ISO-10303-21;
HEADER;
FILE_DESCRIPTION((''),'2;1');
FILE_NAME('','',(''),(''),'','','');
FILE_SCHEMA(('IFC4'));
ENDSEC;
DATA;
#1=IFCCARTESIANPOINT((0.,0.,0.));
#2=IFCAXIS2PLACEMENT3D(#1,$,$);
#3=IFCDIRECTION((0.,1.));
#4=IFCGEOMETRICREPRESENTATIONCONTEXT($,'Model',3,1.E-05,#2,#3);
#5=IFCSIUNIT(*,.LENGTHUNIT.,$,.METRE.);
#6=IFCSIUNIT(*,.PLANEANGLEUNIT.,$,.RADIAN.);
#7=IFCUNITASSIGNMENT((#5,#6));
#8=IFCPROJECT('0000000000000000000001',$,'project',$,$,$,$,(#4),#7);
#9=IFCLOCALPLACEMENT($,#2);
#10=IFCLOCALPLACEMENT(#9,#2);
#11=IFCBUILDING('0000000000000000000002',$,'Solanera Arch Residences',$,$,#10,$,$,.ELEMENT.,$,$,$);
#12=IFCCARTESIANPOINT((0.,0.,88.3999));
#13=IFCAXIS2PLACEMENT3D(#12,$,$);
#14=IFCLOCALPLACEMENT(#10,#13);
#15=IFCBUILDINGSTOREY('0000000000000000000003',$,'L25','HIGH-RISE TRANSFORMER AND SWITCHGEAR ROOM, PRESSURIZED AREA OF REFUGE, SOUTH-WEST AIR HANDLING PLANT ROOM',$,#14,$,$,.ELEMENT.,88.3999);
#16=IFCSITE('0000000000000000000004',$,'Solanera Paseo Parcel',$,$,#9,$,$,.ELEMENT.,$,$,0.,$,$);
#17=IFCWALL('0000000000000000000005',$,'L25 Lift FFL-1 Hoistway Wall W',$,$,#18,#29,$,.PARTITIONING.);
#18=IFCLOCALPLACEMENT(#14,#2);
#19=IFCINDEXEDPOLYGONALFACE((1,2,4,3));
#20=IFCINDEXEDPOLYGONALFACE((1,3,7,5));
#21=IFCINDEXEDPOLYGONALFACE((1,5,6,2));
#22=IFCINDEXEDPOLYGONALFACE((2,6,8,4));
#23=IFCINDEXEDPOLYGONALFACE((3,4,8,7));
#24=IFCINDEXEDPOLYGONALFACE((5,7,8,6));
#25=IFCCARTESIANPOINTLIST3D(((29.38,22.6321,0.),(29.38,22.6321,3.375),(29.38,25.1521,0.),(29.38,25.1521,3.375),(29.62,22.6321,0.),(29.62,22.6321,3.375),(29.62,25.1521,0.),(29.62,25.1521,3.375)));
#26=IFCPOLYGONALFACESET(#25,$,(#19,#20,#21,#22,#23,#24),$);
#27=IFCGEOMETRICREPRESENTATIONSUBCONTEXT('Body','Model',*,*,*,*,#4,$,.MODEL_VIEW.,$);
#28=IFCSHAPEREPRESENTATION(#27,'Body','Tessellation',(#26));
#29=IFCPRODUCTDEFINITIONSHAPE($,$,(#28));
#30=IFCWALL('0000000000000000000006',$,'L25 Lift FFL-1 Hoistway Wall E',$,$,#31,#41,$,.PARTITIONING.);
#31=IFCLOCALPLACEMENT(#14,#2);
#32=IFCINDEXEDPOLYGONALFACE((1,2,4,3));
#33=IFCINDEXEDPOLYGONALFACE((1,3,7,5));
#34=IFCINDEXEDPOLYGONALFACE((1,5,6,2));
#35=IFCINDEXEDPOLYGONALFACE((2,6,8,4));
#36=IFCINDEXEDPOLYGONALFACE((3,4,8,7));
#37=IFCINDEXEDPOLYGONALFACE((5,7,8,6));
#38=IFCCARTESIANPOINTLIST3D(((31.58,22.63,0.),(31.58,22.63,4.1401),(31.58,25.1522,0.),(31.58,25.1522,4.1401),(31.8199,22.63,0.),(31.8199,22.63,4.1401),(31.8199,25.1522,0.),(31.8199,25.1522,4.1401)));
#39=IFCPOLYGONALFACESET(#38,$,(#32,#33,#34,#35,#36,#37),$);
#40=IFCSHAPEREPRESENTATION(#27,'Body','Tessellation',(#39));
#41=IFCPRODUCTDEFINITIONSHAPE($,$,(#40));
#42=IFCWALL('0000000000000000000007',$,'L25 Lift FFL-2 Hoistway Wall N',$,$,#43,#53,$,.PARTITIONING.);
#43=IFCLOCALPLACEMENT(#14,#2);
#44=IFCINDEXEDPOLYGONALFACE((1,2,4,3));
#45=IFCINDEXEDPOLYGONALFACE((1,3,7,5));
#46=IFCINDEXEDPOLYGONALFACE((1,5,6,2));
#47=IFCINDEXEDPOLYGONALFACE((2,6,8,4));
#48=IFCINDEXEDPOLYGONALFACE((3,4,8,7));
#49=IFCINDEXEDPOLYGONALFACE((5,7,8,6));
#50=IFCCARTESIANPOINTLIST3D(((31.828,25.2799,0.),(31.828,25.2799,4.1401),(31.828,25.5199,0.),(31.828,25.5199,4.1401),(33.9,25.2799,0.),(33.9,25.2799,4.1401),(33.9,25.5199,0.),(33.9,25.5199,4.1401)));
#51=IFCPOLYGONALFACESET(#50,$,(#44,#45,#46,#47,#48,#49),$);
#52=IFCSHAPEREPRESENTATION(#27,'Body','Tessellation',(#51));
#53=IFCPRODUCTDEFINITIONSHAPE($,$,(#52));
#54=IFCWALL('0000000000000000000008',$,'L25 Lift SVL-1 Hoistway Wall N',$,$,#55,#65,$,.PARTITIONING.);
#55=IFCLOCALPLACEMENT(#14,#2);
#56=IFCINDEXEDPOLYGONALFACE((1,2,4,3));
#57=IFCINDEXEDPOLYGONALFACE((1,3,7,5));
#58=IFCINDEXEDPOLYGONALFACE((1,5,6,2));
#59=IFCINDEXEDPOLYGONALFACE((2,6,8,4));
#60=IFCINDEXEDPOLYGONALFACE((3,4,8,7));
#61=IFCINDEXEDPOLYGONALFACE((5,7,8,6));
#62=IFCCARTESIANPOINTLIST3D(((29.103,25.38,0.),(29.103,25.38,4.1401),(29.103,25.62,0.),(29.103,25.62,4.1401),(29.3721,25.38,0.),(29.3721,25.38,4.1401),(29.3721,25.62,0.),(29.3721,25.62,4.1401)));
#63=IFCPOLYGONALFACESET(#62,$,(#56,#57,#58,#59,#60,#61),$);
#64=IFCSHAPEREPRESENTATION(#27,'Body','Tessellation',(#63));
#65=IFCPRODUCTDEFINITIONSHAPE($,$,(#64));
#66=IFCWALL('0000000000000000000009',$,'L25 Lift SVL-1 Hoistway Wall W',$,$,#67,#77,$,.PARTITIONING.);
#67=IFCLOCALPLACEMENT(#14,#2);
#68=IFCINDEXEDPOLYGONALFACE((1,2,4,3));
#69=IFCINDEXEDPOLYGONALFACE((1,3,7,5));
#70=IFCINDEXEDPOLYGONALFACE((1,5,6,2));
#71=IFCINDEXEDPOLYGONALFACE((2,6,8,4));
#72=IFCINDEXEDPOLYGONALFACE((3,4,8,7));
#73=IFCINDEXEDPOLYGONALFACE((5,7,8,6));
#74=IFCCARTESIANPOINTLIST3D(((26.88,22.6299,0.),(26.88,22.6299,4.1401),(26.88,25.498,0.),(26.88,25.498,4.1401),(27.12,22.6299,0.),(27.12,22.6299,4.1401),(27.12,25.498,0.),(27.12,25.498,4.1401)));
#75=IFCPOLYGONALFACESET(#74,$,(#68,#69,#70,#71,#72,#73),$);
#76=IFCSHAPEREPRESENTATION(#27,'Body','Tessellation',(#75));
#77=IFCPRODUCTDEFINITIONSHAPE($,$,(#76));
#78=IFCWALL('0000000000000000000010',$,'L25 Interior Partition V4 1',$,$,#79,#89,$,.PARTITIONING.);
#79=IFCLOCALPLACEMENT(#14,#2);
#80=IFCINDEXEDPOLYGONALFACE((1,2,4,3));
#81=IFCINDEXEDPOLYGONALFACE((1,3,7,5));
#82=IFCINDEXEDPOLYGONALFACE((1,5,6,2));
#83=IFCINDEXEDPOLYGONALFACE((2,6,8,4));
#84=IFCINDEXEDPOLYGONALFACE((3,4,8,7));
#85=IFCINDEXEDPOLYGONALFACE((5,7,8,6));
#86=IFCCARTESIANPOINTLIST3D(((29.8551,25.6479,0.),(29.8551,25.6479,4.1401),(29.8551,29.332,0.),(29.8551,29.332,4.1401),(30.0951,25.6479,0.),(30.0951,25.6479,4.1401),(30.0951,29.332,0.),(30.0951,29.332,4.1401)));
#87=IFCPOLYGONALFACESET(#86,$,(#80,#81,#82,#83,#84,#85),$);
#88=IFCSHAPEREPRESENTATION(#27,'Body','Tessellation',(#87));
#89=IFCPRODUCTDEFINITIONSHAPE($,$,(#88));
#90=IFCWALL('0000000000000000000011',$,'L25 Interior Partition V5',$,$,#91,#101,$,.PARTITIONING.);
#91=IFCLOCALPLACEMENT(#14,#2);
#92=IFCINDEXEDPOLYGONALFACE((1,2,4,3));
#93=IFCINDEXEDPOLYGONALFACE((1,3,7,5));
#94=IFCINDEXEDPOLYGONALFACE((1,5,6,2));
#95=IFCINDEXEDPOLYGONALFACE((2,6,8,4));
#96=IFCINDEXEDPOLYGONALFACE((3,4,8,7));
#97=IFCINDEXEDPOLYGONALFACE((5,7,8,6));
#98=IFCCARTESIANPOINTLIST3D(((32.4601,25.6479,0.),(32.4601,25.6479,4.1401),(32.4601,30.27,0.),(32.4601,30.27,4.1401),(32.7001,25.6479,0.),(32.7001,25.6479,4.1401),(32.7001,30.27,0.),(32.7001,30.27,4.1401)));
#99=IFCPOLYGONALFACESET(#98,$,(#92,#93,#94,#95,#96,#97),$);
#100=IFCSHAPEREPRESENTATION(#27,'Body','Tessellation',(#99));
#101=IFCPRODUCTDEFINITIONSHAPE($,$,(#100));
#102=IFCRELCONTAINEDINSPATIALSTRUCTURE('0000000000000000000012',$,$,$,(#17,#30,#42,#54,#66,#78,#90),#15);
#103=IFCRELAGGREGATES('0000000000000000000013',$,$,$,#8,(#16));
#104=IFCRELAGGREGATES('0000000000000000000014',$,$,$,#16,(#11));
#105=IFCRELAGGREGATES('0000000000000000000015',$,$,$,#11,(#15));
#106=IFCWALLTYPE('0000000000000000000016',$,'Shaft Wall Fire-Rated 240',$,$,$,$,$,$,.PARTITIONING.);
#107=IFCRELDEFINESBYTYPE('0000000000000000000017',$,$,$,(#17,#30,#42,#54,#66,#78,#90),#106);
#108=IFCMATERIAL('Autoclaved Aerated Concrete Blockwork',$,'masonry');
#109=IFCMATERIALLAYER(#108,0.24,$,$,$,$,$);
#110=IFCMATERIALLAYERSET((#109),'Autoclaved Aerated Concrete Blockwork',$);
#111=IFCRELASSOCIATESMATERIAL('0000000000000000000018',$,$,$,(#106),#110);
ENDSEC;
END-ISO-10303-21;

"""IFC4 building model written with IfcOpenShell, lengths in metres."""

from ifc_helpers import new_model, si_unit, direction, frame, frame_2d, origin, place, context, subcontext, project, spatial, rectangle, extrude, material, layer, layer_set, type_object, element, save


model = new_model("IFC4")

# Units and contexts
model_context = context("Model", 3, precision=1e-05, world=origin(), true_north=direction((0.0, 1.0)))
body_context = subcontext(model_context, "Body", "Model", "MODEL_VIEW")
ifc_project = project(units=[si_unit("LENGTHUNIT", "METRE"), si_unit("PLANEANGLEUNIT", "RADIAN")], contexts=[model_context])

# Site, building, storey
site_placement = place(None, origin())
site = spatial("IfcSite", under=ifc_project, at=site_placement, Name="Solanera Paseo Parcel", CompositionType="ELEMENT", RefElevation=0.0)
building_placement = place(site_placement, origin())
building = spatial("IfcBuilding", under=site, at=building_placement, Name="Solanera Arch Residences", CompositionType="ELEMENT")
storey_placement = place(building_placement, frame((0.0, 0.0, 88.3999)))
storey = spatial("IfcBuildingStorey", under=building, at=storey_placement, Name="L25", Description="HIGH-RISE TRANSFORMER AND SWITCHGEAR ROOM, PRESSURIZED AREA OF REFUGE, SOUTH-WEST AIR HANDLING PLANT ROOM", CompositionType="ELEMENT", Elevation=88.3999)

# Walls
ifc_material_1 = material(Name="Autoclaved Aerated Concrete Blockwork", Category="masonry")
ifc_layer_1 = layer(ifc_material_1, 0.24)
ifc_layer_set_1 = layer_set([ifc_layer_1], Name="Autoclaved Aerated Concrete Blockwork")
wall_type_1 = type_object("IfcWallType", Name="Shaft Wall Fire-Rated 240", PredefinedType="PARTITIONING", material=ifc_layer_set_1)
wall_1_placement = place(storey_placement, frame((29.5, 22.6321, 0.0), z_axis=(0.0, 0.0, 1.0), x_axis=(0.0, 1.0, 0.0)))
element("IfcWall", 1, at=wall_1_placement, inside=storey, type_object=wall_type_1, Name="L25 Lift FFL-1 Hoistway Wall W", PredefinedType="PARTITIONING", context=body_context, shape_type="SweptSolid", body=[
    extrude(rectangle(XDim=2.52, YDim=0.24, at=frame_2d((1.26, 0.0))), origin(), (0.0, 0.0, 1.0), 3.375),
])
wall_2_placement = place(storey_placement, frame((31.7, 22.6299, 0.0), z_axis=(0.0, 0.0, 1.0), x_axis=(0.0, 1.0, 0.0)))
element("IfcWall", 2, at=wall_2_placement, inside=storey, type_object=wall_type_1, Name="L25 Lift FFL-1 Hoistway Wall E", PredefinedType="PARTITIONING", context=body_context, shape_type="SweptSolid", body=[
    extrude(rectangle(XDim=2.5222, YDim=0.24, at=frame_2d((1.2612, 0.0))), origin(), (0.0, 0.0, 1.0), 4.1401),
])
wall_3_placement = place(storey_placement, frame((31.8279, 25.3999, 0.0), z_axis=(0.0, 0.0, 1.0), x_axis=(1.0, 0.0, 0.0)))
element("IfcWall", 3, at=wall_3_placement, inside=storey, type_object=wall_type_1, Name="L25 Lift FFL-2 Hoistway Wall N", PredefinedType="PARTITIONING", context=body_context, shape_type="SweptSolid", body=[
    extrude(rectangle(XDim=2.072, YDim=0.24, at=frame_2d((1.0361, 0.0))), origin(), (0.0, 0.0, 1.0), 4.1401),
])
wall_4_placement = place(storey_placement, frame((29.103, 25.5, 0.0), z_axis=(0.0, 0.0, 1.0), x_axis=(1.0, 0.0, 0.0)))
element("IfcWall", 4, at=wall_4_placement, inside=storey, type_object=wall_type_1, Name="L25 Lift SVL-1 Hoistway Wall N", PredefinedType="PARTITIONING", context=body_context, shape_type="SweptSolid", body=[
    extrude(rectangle(XDim=0.269, YDim=0.24, at=frame_2d((0.1345, 0.0))), origin(), (0.0, 0.0, 1.0), 4.1401),
])
wall_5_placement = place(storey_placement, frame((27.0, 22.6299, 0.0), z_axis=(0.0, 0.0, 1.0), x_axis=(0.0, 1.0, 0.0)))
element("IfcWall", 5, at=wall_5_placement, inside=storey, type_object=wall_type_1, Name="L25 Lift SVL-1 Hoistway Wall W", PredefinedType="PARTITIONING", context=body_context, shape_type="SweptSolid", body=[
    extrude(rectangle(XDim=2.8682, YDim=0.24, at=frame_2d((1.4341, 0.0))), origin(), (0.0, 0.0, 1.0), 4.1401),
])
wall_6_placement = place(storey_placement, frame((29.9751, 25.6479, 0.0), z_axis=(0.0, 0.0, 1.0), x_axis=(0.0, 1.0, 0.0)))
element("IfcWall", 6, at=wall_6_placement, inside=storey, type_object=wall_type_1, Name="L25 Interior Partition V4 1", PredefinedType="PARTITIONING", context=body_context, shape_type="SweptSolid", body=[
    extrude(rectangle(XDim=3.6841, YDim=0.24, at=frame_2d((1.842, 0.0))), origin(), (0.0, 0.0, 1.0), 4.1401),
])

# Wall
wall_7_placement = place(storey_placement, frame((32.5801, 25.6479, 0.0), z_axis=(0.0, 0.0, 1.0), x_axis=(0.0, 1.0, 0.0)))
element("IfcWall", 7, at=wall_7_placement, inside=storey, type_object=wall_type_1, Name="L25 Interior Partition V5", PredefinedType="PARTITIONING", context=body_context, shape_type="SweptSolid", body=[
    extrude(rectangle(XDim=4.6221, YDim=0.24, at=frame_2d((2.311, 0.0))), origin(), (0.0, 0.0, 1.0), 4.1401),
])

save(model, "model.ifc")
